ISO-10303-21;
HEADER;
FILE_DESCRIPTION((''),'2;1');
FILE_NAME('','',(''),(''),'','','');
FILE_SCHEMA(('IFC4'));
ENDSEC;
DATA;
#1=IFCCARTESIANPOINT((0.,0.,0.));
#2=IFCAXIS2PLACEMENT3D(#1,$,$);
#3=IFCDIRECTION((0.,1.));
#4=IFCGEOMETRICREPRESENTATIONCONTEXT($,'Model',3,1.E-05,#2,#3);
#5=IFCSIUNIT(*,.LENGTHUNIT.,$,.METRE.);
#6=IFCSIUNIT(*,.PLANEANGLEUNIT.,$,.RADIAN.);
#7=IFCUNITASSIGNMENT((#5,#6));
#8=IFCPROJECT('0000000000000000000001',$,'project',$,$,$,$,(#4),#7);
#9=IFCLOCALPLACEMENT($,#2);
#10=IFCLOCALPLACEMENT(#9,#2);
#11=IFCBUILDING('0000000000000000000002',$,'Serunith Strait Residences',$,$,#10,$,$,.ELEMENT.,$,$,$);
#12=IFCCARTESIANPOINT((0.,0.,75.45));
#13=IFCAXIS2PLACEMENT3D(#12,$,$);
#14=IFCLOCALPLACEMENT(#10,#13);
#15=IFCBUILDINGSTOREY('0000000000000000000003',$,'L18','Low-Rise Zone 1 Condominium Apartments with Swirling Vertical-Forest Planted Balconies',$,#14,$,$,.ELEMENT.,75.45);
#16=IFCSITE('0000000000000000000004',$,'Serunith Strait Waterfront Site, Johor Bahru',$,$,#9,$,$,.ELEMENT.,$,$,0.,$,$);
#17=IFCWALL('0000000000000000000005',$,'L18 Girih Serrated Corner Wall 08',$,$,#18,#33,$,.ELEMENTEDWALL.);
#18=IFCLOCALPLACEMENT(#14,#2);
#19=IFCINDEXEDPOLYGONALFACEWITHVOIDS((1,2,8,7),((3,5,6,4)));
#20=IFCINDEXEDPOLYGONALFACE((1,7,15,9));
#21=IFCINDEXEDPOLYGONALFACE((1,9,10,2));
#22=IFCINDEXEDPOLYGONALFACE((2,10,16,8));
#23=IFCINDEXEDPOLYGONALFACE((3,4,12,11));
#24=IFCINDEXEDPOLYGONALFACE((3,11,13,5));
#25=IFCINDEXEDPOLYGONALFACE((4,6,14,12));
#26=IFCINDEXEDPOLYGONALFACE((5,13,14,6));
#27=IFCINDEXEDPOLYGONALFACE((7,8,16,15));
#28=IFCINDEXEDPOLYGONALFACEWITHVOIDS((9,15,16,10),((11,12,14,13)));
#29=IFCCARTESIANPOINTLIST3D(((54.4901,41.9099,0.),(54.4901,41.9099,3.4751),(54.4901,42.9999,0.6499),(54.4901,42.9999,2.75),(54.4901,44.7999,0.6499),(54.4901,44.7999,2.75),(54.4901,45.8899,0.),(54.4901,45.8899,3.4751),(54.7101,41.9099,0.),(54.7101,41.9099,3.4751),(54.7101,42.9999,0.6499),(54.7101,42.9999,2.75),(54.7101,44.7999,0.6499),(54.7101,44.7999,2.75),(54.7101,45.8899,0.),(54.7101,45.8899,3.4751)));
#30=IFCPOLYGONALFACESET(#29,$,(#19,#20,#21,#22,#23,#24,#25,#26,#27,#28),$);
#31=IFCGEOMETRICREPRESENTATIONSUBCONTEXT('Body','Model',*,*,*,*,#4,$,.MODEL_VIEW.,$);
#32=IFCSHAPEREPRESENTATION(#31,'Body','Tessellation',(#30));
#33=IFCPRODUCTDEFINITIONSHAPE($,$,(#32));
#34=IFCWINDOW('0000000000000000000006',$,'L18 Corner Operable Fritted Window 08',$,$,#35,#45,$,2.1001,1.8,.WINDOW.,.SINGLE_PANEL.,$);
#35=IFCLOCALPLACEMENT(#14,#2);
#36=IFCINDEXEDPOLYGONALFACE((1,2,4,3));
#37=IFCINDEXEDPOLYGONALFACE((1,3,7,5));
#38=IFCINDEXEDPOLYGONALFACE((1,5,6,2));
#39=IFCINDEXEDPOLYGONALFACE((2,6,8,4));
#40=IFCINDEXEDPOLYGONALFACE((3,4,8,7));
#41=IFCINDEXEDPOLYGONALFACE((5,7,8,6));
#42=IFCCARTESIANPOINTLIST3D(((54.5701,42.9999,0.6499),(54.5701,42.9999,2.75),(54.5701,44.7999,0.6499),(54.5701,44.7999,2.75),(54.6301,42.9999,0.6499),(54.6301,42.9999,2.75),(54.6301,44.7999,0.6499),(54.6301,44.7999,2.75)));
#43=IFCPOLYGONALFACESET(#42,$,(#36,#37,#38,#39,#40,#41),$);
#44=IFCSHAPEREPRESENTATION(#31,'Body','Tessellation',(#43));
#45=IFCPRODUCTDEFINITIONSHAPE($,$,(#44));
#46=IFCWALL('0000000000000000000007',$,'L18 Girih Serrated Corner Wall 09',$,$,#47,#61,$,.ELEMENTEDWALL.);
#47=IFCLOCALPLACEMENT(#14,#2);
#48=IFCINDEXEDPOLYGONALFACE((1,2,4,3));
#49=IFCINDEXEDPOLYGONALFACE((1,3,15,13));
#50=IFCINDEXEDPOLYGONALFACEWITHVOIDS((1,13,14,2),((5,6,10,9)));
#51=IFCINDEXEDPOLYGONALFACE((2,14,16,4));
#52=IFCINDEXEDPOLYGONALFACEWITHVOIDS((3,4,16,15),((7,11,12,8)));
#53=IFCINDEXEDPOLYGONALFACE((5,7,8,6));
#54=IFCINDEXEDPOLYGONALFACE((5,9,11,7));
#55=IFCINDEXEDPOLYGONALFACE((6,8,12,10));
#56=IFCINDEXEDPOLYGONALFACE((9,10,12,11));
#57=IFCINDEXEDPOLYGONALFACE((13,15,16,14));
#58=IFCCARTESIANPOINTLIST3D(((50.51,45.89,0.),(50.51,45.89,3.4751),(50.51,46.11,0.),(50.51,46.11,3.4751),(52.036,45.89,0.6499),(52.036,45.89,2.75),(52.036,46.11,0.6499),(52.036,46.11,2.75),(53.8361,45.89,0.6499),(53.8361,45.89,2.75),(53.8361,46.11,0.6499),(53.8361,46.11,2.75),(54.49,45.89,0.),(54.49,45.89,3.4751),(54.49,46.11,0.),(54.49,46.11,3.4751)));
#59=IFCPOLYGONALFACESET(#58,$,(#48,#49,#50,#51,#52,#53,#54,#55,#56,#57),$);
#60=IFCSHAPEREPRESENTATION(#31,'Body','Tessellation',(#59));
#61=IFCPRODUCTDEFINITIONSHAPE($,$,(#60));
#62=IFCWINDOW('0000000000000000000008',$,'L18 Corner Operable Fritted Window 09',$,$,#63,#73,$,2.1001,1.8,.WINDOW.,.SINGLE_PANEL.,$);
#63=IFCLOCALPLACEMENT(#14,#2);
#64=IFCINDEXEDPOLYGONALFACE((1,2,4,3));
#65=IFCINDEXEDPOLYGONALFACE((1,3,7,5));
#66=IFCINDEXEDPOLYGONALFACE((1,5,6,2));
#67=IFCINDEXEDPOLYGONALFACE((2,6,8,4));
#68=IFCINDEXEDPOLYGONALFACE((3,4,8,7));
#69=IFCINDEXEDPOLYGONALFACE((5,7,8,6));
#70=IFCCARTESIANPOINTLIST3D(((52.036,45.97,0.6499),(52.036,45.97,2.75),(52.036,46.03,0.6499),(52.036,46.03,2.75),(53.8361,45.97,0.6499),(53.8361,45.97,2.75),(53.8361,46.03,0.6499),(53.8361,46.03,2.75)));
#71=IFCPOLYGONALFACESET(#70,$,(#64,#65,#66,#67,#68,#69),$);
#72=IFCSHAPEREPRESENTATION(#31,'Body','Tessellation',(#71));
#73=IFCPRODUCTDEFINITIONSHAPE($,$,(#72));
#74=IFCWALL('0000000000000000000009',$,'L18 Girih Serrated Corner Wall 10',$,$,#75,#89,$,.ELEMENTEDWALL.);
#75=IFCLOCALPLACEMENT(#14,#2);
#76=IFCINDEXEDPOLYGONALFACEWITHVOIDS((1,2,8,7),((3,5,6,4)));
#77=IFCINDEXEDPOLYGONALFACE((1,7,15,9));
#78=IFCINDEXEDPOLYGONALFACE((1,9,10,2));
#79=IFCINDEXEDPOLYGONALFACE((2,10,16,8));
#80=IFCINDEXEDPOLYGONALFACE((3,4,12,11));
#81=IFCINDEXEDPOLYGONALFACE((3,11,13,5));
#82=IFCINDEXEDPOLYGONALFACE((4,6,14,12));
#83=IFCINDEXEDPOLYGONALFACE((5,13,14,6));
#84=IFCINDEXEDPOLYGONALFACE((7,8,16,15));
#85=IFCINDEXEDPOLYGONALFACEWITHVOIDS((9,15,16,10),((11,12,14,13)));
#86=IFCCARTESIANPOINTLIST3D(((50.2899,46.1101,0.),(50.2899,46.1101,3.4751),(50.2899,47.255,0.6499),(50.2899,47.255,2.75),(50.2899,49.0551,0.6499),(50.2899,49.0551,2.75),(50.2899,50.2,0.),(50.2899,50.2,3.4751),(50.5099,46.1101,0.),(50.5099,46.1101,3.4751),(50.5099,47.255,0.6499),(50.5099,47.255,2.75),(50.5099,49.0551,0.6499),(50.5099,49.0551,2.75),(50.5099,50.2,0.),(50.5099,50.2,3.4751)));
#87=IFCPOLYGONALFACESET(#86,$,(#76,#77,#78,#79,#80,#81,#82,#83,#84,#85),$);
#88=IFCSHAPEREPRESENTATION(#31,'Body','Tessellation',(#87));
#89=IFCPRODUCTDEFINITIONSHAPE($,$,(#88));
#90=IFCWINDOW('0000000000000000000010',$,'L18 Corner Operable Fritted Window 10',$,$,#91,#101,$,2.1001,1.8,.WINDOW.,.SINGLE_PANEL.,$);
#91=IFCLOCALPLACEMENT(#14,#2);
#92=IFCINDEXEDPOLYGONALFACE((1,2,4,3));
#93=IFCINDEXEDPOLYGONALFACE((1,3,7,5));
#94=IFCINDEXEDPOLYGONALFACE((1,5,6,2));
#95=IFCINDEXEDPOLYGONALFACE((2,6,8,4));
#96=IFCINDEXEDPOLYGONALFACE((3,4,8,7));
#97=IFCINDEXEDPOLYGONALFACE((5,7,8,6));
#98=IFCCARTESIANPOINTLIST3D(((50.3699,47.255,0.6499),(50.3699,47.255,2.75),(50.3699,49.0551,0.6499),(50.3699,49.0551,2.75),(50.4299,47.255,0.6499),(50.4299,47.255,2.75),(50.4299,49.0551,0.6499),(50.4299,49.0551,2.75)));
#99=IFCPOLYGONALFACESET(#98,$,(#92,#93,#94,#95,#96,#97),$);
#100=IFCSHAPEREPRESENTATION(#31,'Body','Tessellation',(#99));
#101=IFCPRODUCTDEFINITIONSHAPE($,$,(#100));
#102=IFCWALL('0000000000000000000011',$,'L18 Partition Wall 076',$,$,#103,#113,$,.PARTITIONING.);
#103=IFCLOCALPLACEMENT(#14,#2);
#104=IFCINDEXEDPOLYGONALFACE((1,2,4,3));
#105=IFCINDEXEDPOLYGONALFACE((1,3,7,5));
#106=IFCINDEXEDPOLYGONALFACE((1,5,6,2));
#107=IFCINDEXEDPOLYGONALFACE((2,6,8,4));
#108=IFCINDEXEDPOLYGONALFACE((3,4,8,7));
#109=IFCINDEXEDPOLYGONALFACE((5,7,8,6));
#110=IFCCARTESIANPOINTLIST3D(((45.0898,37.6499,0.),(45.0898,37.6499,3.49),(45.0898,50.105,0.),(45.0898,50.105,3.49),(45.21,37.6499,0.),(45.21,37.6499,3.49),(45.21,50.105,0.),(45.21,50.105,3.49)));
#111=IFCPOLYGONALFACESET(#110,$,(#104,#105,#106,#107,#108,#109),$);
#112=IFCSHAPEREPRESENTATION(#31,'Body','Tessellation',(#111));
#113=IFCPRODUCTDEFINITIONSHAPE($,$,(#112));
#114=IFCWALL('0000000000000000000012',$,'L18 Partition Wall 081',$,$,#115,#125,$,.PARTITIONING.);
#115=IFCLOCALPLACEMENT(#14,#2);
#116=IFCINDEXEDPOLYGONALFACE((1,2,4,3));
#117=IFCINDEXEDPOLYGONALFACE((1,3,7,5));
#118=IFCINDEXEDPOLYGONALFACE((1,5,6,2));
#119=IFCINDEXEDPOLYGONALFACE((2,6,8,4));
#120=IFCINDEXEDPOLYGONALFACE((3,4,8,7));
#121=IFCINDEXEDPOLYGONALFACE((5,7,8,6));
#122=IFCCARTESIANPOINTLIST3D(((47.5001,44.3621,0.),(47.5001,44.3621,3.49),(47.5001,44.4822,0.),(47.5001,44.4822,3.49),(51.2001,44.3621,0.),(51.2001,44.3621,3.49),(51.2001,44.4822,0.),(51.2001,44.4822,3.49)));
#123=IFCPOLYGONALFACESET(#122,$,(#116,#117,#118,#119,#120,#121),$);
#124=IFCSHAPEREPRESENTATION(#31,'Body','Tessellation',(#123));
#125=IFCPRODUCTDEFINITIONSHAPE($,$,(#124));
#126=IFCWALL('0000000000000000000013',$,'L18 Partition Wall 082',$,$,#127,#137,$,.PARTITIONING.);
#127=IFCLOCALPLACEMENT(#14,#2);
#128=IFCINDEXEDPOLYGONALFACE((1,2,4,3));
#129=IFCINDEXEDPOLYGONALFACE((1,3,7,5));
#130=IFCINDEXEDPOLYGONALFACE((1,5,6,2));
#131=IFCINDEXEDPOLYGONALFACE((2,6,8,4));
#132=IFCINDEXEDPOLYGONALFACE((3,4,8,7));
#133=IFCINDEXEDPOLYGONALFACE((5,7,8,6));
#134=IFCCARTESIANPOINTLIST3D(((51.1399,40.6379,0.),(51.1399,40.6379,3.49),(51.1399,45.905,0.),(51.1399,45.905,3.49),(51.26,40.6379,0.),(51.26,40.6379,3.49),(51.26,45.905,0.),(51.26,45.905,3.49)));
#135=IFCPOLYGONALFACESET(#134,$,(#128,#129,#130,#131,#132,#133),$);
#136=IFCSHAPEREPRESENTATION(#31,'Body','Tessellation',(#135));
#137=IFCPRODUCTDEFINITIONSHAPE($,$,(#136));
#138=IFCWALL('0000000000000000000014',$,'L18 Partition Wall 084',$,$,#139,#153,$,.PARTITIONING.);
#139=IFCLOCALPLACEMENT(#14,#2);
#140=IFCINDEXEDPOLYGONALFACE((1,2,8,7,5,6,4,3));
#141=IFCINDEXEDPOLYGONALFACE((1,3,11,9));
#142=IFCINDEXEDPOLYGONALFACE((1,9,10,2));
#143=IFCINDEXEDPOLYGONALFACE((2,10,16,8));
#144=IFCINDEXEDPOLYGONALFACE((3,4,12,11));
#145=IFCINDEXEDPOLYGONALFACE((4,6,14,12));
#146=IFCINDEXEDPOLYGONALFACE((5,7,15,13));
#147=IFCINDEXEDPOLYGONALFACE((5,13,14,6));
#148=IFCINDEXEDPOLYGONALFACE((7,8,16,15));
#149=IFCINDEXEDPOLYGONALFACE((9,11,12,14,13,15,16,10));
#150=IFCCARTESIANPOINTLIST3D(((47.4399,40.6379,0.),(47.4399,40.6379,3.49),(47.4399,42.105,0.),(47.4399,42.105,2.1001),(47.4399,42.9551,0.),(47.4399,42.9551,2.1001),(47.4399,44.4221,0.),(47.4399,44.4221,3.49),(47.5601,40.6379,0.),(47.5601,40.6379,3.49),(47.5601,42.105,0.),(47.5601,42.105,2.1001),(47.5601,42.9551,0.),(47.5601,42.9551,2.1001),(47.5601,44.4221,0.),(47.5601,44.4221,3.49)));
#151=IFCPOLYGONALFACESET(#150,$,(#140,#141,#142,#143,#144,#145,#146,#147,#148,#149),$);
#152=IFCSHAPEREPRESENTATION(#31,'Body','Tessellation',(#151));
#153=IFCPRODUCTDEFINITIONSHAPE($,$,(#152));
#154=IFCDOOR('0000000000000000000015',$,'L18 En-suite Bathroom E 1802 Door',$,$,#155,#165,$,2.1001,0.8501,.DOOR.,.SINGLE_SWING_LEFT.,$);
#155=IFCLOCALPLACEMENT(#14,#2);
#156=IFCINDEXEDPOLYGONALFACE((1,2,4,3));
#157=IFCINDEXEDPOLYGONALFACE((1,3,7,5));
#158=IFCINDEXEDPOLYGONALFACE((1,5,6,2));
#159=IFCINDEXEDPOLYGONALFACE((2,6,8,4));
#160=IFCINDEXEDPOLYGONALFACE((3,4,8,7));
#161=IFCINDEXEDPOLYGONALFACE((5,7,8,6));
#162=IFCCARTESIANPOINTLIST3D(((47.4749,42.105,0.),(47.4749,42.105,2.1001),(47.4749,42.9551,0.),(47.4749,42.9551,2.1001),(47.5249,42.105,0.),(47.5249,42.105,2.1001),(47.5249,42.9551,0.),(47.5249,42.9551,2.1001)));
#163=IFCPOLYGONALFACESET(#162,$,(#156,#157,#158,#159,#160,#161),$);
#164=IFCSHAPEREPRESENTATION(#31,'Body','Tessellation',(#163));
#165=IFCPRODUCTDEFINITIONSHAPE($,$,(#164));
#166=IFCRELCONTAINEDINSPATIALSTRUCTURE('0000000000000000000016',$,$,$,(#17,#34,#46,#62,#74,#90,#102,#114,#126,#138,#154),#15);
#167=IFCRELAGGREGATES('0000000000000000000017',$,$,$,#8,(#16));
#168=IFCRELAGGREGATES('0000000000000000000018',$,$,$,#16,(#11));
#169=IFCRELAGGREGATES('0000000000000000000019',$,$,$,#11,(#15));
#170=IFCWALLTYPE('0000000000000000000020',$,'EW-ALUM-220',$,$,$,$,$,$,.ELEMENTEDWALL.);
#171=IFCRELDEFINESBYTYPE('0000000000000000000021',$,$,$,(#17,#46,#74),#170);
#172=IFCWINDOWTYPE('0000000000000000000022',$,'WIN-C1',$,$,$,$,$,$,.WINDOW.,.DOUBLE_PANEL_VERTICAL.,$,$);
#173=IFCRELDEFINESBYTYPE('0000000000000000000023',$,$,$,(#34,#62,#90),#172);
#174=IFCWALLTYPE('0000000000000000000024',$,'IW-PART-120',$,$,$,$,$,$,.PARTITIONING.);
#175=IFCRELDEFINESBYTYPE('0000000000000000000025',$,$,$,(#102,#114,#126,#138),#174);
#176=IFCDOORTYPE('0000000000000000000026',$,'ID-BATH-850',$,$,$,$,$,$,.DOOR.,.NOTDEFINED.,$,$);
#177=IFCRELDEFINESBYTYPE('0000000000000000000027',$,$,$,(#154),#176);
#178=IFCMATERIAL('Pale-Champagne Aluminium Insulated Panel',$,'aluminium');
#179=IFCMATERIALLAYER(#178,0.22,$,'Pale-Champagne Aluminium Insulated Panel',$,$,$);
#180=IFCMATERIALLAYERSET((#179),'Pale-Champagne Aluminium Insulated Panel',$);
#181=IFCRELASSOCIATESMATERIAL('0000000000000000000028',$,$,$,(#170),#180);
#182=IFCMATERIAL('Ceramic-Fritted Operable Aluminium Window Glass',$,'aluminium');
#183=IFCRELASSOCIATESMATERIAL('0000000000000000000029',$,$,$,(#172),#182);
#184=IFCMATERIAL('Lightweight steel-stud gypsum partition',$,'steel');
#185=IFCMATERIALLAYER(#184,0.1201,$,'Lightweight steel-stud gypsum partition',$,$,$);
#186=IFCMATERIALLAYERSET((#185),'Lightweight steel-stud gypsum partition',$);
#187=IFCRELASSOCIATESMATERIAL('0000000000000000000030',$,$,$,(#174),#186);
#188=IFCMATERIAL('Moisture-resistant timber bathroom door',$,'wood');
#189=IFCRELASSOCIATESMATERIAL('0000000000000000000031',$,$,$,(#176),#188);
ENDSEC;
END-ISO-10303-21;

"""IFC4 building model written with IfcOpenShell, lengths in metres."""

from ifc_helpers import new_model, si_unit, direction, frame, frame_2d, origin, place, context, subcontext, project, spatial, rectangle, extrude, source, transform, mapped, material, layer, layer_set, type_object, element, fill, save


model = new_model("IFC4")

# Units and contexts
model_context = context("Model", 3, precision=1e-05, world=origin(), true_north=direction((0.0, 1.0)))
body_context = subcontext(model_context, "Body", "Model", "MODEL_VIEW")
ifc_project = project(units=[si_unit("LENGTHUNIT", "METRE"), si_unit("PLANEANGLEUNIT", "RADIAN")], contexts=[model_context])

# Site, building, storey
site_placement = place(None, origin())
site = spatial("IfcSite", under=ifc_project, at=site_placement, Name="Serunith Strait Waterfront Site, Johor Bahru", CompositionType="ELEMENT", RefElevation=0.0)
building_placement = place(site_placement, origin())
building = spatial("IfcBuilding", under=site, at=building_placement, Name="Serunith Strait Residences", CompositionType="ELEMENT")
storey_placement = place(building_placement, frame((0.0, 0.0, 75.45)))
storey = spatial("IfcBuildingStorey", under=building, at=storey_placement, Name="L18", Description="Low-Rise Zone 1 Condominium Apartments with Swirling Vertical-Forest Planted Balconies", CompositionType="ELEMENT", Elevation=75.45)

# Walls, openings, windows
ifc_material_1 = material(Name="Pale-Champagne Aluminium Insulated Panel", Category="aluminium")
ifc_layer_1 = layer(ifc_material_1, 0.22, Name="Pale-Champagne Aluminium Insulated Panel")
ifc_layer_set_1 = layer_set([ifc_layer_1], Name="Pale-Champagne Aluminium Insulated Panel")
wall_type_1 = type_object("IfcWallType", Name="EW-ALUM-220", PredefinedType="ELEMENTEDWALL", material=ifc_layer_set_1)
ifc_material_2 = material(Name="Ceramic-Fritted Operable Aluminium Window Glass", Category="aluminium")
window_type = type_object("IfcWindowType", Name="WIN-C1", PartitioningType="DOUBLE_PANEL_VERTICAL", PredefinedType="WINDOW", material=ifc_material_2)
shared_shape_1 = source(origin(), body_context, "Body", "SweptSolid", [
    extrude(rectangle(XDim=1.8, YDim=2.1001, at=frame_2d((0.8999, 1.05))), frame((0.0, 0.03, 0.0), z_axis=(0.0, -1.0, 0.0), x_axis=(1.0, 0.0, 0.0)), (0.0, 0.0, 1.0), 0.0601),
])
wall_1_placement = place(storey_placement, frame((54.6001, 41.9099, 0.0), z_axis=(0.0, 0.0, 1.0), x_axis=(0.0, 1.0, 0.0)))
wall_1 = element("IfcWall", 1, at=wall_1_placement, inside=storey, type_object=wall_type_1, Name="L18 Girih Serrated Corner Wall 08", PredefinedType="ELEMENTEDWALL", context=body_context, shape_type="SweptSolid", body=[
    extrude(rectangle(XDim=3.98, YDim=0.22, at=frame_2d((1.99, 0.0))), origin(), (0.0, 0.0, 1.0), 3.4751),
])
opening_1_placement = place(wall_1_placement, frame((1.0901, 0.0, 0.6499)))
opening_1 = element("IfcOpeningElement", 2, at=opening_1_placement, cuts=wall_1, PredefinedType="OPENING", context=body_context, shape_type="SweptSolid", body=[
    extrude(rectangle(XDim=1.8, YDim=2.1001, at=frame_2d((0.8999, 1.05))), frame((0.0, 0.1201, 0.0), z_axis=(0.0, -1.0, 0.0), x_axis=(1.0, 0.0, 0.0)), (0.0, 0.0, 1.0), 0.24),
])
window_1_placement = place(opening_1_placement, origin())
window_1 = element("IfcWindow", 3, at=window_1_placement, inside=storey, type_object=window_type, Name="L18 Corner Operable Fritted Window 08", OverallHeight=2.1001, OverallWidth=1.8, PartitioningType="SINGLE_PANEL", PredefinedType="WINDOW", context=body_context, shape_type="MappedRepresentation", body=[
    mapped(shared_shape_1, transform((0.0, 0.0, 0.0), scale=1.0)),
])
fill(opening_1, window_1)
wall_2_placement = place(storey_placement, frame((54.49, 46.0, 0.0), z_axis=(0.0, 0.0, 1.0), x_axis=(-1.0, 0.0, 0.0)))
wall_2 = element("IfcWall", 4, at=wall_2_placement, inside=storey, type_object=wall_type_1, Name="L18 Girih Serrated Corner Wall 09", PredefinedType="ELEMENTEDWALL", context=body_context, shape_type="SweptSolid", body=[
    extrude(rectangle(XDim=3.98, YDim=0.22, at=frame_2d((1.99, 0.0))), origin(), (0.0, 0.0, 1.0), 3.4751),
])
opening_2_placement = place(wall_2_placement, frame((0.6541, 0.0, 0.6499)))
opening_2 = element("IfcOpeningElement", 5, at=opening_2_placement, cuts=wall_2, PredefinedType="OPENING", context=body_context, shape_type="SweptSolid", body=[
    extrude(rectangle(XDim=1.8, YDim=2.1001, at=frame_2d((0.8999, 1.05))), frame((0.0, 0.1201, 0.0), z_axis=(0.0, -1.0, 0.0), x_axis=(1.0, 0.0, 0.0)), (0.0, 0.0, 1.0), 0.24),
])
window_2_placement = place(opening_2_placement, origin())
window_2 = element("IfcWindow", 6, at=window_2_placement, inside=storey, type_object=window_type, Name="L18 Corner Operable Fritted Window 09", OverallHeight=2.1001, OverallWidth=1.8, PartitioningType="SINGLE_PANEL", PredefinedType="WINDOW", context=body_context, shape_type="MappedRepresentation", body=[
    mapped(shared_shape_1, transform((0.0, 0.0, 0.0), scale=1.0)),
])
fill(opening_2, window_2)
wall_3_placement = place(storey_placement, frame((50.3999, 46.1101, 0.0), z_axis=(0.0, 0.0, 1.0), x_axis=(0.0, 1.0, 0.0)))
wall_3 = element("IfcWall", 7, at=wall_3_placement, inside=storey, type_object=wall_type_1, Name="L18 Girih Serrated Corner Wall 10", PredefinedType="ELEMENTEDWALL", context=body_context, shape_type="SweptSolid", body=[
    extrude(rectangle(XDim=4.0898, YDim=0.22, at=frame_2d((2.0449, 0.0))), origin(), (0.0, 0.0, 1.0), 3.4751),
])
opening_3_placement = place(wall_3_placement, frame((1.145, 0.0, 0.6499)))
opening_3 = element("IfcOpeningElement", 8, at=opening_3_placement, cuts=wall_3, PredefinedType="OPENING", context=body_context, shape_type="SweptSolid", body=[
    extrude(rectangle(XDim=1.8, YDim=2.1001, at=frame_2d((0.8999, 1.05))), frame((0.0, 0.1201, 0.0), z_axis=(0.0, -1.0, 0.0), x_axis=(1.0, 0.0, 0.0)), (0.0, 0.0, 1.0), 0.24),
])
window_3_placement = place(opening_3_placement, origin())
window_3 = element("IfcWindow", 9, at=window_3_placement, inside=storey, type_object=window_type, Name="L18 Corner Operable Fritted Window 10", OverallHeight=2.1001, OverallWidth=1.8, PartitioningType="SINGLE_PANEL", PredefinedType="WINDOW", context=body_context, shape_type="MappedRepresentation", body=[
    mapped(shared_shape_1, transform((0.0, 0.0, 0.0), scale=1.0)),
])
fill(opening_3, window_3)

# Walls
ifc_material_3 = material(Name="Lightweight steel-stud gypsum partition", Category="steel")
ifc_layer_2 = layer(ifc_material_3, 0.1201, Name="Lightweight steel-stud gypsum partition")
ifc_layer_set_2 = layer_set([ifc_layer_2], Name="Lightweight steel-stud gypsum partition")
wall_type_2 = type_object("IfcWallType", Name="IW-PART-120", PredefinedType="PARTITIONING", material=ifc_layer_set_2)
wall_4_placement = place(storey_placement, frame((45.1499, 50.105, 0.0), z_axis=(0.0, 0.0, 1.0), x_axis=(0.0, -1.0, 0.0)))
element("IfcWall", 10, at=wall_4_placement, inside=storey, type_object=wall_type_2, Name="L18 Partition Wall 076", PredefinedType="PARTITIONING", context=body_context, shape_type="SweptSolid", body=[
    extrude(rectangle(XDim=12.4551, YDim=0.1201, at=frame_2d((6.2275, 0.0))), origin(), (0.0, 0.0, 1.0), 3.49),
])
wall_5_placement = place(storey_placement, frame((47.5, 44.4221, 0.0), z_axis=(0.0, 0.0, 1.0), x_axis=(1.0, 0.0, 0.0)))
element("IfcWall", 11, at=wall_5_placement, inside=storey, type_object=wall_type_2, Name="L18 Partition Wall 081", PredefinedType="PARTITIONING", context=body_context, shape_type="SweptSolid", body=[
    extrude(rectangle(XDim=3.7, YDim=0.1201, at=frame_2d((1.8501, 0.0))), origin(), (0.0, 0.0, 1.0), 3.49),
])
wall_6_placement = place(storey_placement, frame((51.2, 45.905, 0.0), z_axis=(0.0, 0.0, 1.0), x_axis=(0.0, -1.0, 0.0)))
element("IfcWall", 12, at=wall_6_placement, inside=storey, type_object=wall_type_2, Name="L18 Partition Wall 082", PredefinedType="PARTITIONING", context=body_context, shape_type="SweptSolid", body=[
    extrude(rectangle(XDim=5.2671, YDim=0.1201, at=frame_2d((2.6335, 0.0))), origin(), (0.0, 0.0, 1.0), 3.49),
])

# Wall, opening, door
wall_7_placement = place(storey_placement, frame((47.5, 44.4221, 0.0), z_axis=(0.0, 0.0, 1.0), x_axis=(0.0, -1.0, 0.0)))
wall_7 = element("IfcWall", 13, at=wall_7_placement, inside=storey, type_object=wall_type_2, Name="L18 Partition Wall 084", PredefinedType="PARTITIONING", context=body_context, shape_type="SweptSolid", body=[
    extrude(rectangle(XDim=3.7842, YDim=0.1201, at=frame_2d((1.8921, 0.0))), origin(), (0.0, 0.0, 1.0), 3.49),
])
opening_4_placement = place(wall_7_placement, frame((1.467, 0.0, 0.0)))
opening_4 = element("IfcOpeningElement", 14, at=opening_4_placement, cuts=wall_7, PredefinedType="OPENING", context=body_context, shape_type="SweptSolid", body=[
    extrude(rectangle(XDim=0.8501, YDim=2.1001, at=frame_2d((0.425, 1.05))), frame((0.0, 0.0701, 0.0), z_axis=(0.0, -1.0, 0.0), x_axis=(1.0, 0.0, 0.0)), (0.0, 0.0, 1.0), 0.1401),
])
ifc_material_4 = material(Name="Moisture-resistant timber bathroom door", Category="wood")
door_type = type_object("IfcDoorType", Name="ID-BATH-850", OperationType="NOTDEFINED", PredefinedType="DOOR", material=ifc_material_4)
shared_shape_2 = source(origin(), body_context, "Body", "SweptSolid", [
    extrude(rectangle(XDim=0.8501, YDim=2.1001, at=frame_2d((0.425, 1.05))), frame((0.0, 0.0249, 0.0), z_axis=(0.0, -1.0, 0.0), x_axis=(1.0, 0.0, 0.0)), (0.0, 0.0, 1.0), 0.05),
])
door_placement = place(opening_4_placement, origin())
door = element("IfcDoor", 15, at=door_placement, inside=storey, type_object=door_type, Name="L18 En-suite Bathroom E 1802 Door", OperationType="SINGLE_SWING_LEFT", OverallHeight=2.1001, OverallWidth=0.8501, PredefinedType="DOOR", context=body_context, shape_type="MappedRepresentation", body=[
    mapped(shared_shape_2, transform((0.0, 0.0, 0.0), scale=1.0)),
])
fill(opening_4, door)

save(model, "model.ifc")
